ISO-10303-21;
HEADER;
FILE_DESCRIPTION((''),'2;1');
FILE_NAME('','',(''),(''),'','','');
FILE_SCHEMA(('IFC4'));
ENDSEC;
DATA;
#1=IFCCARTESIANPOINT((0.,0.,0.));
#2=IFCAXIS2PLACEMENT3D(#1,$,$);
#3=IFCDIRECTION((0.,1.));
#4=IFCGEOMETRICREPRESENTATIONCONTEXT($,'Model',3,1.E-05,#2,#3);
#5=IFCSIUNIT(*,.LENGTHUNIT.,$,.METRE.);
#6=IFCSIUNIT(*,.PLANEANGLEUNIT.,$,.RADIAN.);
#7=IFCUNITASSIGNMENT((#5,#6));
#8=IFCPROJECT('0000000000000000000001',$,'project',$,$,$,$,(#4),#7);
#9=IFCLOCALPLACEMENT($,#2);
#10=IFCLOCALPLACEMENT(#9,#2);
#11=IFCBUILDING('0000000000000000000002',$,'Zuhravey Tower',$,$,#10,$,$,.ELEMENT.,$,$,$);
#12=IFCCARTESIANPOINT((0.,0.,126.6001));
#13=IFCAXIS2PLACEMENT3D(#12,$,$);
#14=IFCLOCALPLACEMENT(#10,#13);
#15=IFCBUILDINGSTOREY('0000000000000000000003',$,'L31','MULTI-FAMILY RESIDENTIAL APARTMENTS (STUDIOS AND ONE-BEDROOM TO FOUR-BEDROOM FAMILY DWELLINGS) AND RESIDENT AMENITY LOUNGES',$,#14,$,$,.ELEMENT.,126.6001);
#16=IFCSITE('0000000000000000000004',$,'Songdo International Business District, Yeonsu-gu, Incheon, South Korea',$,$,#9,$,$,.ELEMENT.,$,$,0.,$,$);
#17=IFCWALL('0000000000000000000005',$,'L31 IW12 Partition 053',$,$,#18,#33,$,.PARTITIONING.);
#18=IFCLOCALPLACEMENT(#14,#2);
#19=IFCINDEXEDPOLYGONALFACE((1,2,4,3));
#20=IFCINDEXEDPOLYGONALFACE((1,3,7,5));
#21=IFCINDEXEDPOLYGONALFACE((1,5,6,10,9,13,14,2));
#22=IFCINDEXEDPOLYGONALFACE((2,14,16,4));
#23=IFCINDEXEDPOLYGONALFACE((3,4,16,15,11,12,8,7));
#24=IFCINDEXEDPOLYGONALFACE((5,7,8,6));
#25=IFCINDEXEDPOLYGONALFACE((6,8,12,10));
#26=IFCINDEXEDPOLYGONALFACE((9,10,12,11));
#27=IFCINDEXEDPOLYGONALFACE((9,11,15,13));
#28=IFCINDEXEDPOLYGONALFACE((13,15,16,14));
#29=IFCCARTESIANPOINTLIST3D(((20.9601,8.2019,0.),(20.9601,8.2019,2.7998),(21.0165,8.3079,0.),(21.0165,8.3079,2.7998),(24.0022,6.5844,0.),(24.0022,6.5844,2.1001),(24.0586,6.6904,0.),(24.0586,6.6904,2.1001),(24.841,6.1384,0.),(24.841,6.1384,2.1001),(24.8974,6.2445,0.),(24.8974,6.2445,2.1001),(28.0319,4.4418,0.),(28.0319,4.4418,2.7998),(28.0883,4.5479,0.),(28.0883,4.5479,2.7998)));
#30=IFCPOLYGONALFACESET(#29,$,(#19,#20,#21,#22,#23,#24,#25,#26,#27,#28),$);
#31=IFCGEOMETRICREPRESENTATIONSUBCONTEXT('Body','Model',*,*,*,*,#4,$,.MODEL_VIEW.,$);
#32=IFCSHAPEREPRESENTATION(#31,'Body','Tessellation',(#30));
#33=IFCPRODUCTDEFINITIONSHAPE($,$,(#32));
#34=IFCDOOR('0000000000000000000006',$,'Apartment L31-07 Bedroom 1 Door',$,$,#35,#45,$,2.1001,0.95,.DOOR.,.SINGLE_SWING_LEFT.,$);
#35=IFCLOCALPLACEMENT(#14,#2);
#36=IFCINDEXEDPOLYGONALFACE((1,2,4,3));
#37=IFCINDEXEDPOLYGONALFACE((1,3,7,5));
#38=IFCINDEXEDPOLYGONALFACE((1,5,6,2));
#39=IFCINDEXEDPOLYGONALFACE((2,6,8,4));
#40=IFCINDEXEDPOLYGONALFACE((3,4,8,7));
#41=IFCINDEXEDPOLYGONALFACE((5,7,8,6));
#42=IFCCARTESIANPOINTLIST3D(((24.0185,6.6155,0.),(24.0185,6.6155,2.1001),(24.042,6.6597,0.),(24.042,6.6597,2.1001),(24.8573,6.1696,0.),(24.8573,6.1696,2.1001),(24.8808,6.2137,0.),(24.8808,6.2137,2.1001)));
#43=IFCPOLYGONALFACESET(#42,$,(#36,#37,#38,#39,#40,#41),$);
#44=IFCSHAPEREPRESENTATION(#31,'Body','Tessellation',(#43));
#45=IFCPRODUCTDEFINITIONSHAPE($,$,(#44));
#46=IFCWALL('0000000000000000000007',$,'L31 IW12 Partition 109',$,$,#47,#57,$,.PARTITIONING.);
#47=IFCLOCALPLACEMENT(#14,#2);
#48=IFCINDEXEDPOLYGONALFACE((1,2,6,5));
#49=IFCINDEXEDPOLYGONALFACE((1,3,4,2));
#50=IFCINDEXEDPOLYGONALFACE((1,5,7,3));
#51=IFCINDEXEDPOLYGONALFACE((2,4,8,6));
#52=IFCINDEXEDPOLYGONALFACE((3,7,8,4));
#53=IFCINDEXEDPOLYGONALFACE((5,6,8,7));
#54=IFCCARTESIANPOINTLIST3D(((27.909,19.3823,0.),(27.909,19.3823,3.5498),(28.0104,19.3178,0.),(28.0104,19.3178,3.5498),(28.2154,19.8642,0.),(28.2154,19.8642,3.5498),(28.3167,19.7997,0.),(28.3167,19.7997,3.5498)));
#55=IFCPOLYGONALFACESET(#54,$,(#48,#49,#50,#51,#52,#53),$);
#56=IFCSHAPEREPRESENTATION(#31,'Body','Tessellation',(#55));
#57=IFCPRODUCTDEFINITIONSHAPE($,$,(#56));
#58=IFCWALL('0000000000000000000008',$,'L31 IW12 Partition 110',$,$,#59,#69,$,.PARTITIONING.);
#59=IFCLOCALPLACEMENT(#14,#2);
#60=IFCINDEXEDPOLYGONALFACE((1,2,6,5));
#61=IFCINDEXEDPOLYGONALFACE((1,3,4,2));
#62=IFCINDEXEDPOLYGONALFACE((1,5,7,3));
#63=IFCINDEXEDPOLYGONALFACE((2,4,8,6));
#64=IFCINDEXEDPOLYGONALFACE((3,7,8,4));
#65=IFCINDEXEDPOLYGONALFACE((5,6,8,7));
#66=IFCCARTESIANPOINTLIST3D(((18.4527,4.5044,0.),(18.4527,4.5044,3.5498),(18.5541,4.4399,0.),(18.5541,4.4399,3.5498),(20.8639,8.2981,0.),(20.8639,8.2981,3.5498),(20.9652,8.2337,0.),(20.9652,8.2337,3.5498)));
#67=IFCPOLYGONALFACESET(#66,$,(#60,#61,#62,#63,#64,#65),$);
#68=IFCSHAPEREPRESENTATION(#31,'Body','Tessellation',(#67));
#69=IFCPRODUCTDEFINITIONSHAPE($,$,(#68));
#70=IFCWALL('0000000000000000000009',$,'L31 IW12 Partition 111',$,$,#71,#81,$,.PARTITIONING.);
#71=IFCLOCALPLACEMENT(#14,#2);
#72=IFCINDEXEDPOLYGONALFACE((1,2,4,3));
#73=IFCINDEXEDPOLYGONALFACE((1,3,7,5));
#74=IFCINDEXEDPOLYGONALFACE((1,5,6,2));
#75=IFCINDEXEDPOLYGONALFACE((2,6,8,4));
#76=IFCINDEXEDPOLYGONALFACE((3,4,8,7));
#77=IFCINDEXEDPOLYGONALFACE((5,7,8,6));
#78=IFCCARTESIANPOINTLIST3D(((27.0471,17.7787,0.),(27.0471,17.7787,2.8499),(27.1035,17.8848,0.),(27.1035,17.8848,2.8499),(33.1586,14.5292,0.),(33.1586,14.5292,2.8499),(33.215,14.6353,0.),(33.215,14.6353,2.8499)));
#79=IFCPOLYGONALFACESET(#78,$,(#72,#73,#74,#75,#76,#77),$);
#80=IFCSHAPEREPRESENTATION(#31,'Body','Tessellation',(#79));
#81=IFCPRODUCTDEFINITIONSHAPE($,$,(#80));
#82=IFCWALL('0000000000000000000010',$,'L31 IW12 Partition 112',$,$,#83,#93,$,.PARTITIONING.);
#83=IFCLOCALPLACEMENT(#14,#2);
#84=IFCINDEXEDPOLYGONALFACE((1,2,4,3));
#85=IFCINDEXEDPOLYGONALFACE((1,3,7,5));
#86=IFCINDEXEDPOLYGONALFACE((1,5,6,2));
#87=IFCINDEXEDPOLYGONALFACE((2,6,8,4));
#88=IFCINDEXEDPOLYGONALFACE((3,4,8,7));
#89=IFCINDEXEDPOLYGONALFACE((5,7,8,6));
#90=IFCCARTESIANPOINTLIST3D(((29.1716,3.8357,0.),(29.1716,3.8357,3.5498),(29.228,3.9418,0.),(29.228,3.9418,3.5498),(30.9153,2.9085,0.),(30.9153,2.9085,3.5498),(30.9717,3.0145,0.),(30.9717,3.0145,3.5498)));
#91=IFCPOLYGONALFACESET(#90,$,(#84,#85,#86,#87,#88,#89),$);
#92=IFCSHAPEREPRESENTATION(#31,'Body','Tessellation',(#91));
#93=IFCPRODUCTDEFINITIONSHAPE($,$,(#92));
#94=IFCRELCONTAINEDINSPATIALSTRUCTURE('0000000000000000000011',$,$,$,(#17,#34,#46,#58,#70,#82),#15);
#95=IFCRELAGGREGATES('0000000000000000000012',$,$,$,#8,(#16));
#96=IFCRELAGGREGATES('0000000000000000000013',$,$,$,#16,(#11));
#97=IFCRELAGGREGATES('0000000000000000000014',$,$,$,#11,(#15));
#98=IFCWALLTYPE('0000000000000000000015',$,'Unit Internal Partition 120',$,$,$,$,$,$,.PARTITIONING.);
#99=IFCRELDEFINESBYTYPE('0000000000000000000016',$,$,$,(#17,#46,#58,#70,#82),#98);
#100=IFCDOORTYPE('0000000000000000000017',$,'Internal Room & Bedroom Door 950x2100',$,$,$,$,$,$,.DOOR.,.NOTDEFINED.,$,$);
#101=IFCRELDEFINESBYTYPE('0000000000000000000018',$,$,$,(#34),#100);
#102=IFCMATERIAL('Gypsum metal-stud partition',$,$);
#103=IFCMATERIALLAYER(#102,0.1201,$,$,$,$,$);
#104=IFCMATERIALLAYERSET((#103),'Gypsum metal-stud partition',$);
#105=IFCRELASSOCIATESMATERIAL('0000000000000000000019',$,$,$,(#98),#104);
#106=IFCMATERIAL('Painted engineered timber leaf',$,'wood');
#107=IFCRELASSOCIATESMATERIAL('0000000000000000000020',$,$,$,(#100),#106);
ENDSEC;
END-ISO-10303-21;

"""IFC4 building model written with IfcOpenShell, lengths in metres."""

from ifc_helpers import new_model, si_unit, direction, frame, frame_2d, origin, place, context, subcontext, project, spatial, rectangle, extrude, material, layer, layer_set, type_object, element, fill, save


model = new_model("IFC4")

# Units and contexts
model_context = context("Model", 3, precision=1e-05, world=origin(), true_north=direction((0.0, 1.0)))
body_context = subcontext(model_context, "Body", "Model", "MODEL_VIEW")
ifc_project = project(units=[si_unit("LENGTHUNIT", "METRE"), si_unit("PLANEANGLEUNIT", "RADIAN")], contexts=[model_context])

# Site, building, storey
site_placement = place(None, origin())
site = spatial("IfcSite", under=ifc_project, at=site_placement, Name="Songdo International Business District, Yeonsu-gu, Incheon, South Korea", CompositionType="ELEMENT", RefElevation=0.0)
building_placement = place(site_placement, origin())
building = spatial("IfcBuilding", under=site, at=building_placement, Name="Zuhravey Tower", CompositionType="ELEMENT")
storey_placement = place(building_placement, frame((0.0, 0.0, 126.6001)))
storey = spatial("IfcBuildingStorey", under=building, at=storey_placement, Name="L31", Description="MULTI-FAMILY RESIDENTIAL APARTMENTS (STUDIOS AND ONE-BEDROOM TO FOUR-BEDROOM FAMILY DWELLINGS) AND RESIDENT AMENITY LOUNGES", CompositionType="ELEMENT", Elevation=126.6001)

# Shared definitions
ifc_material_1 = material(Name="Gypsum metal-stud partition")
ifc_layer_1 = layer(ifc_material_1, 0.1201)
ifc_layer_set_1 = layer_set([ifc_layer_1], Name="Gypsum metal-stud partition")
wall_type_1 = type_object("IfcWallType", Name="Unit Internal Partition 120", PredefinedType="PARTITIONING", material=ifc_layer_set_1)
ifc_material_2 = material(Name="Painted engineered timber leaf", Category="wood")
door_type_1 = type_object("IfcDoorType", Name="Internal Room & Bedroom Door 950x2100", OperationType="NOTDEFINED", PredefinedType="DOOR", material=ifc_material_2)

# Wall, opening, door
wall_1_placement = place(storey_placement, frame((20.9883, 8.2549, 0.0), z_axis=(0.0, 0.0, 1.0), x_axis=(0.882954, -0.46946, 0.0)))
wall_1 = element("IfcWall", 1, at=wall_1_placement, inside=storey, type_object=wall_type_1, Name="L31 IW12 Partition 053", PredefinedType="PARTITIONING", context=body_context, shape_type="SweptSolid", body=[
    extrude(rectangle(XDim=8.0093, YDim=0.1201, at=frame_2d((4.0046, 0.0))), origin(), (0.0, 0.0, 1.0), 2.7998),
])
opening_1_placement = place(wall_1_placement, frame((3.4453, 0.0, 0.0)))
opening_1 = element("IfcOpeningElement", 2, at=opening_1_placement, cuts=wall_1, PredefinedType="OPENING", context=body_context, shape_type="SweptSolid", body=[
    extrude(rectangle(XDim=0.95, YDim=2.1001, at=frame_2d((0.4751, 1.05))), frame((0.0, 0.072, 0.0), z_axis=(0.0, -1.0, 0.0), x_axis=(1.0, 0.0, 0.0)), (0.0, 0.0, 1.0), 0.144),
])
door_1_placement = place(opening_1_placement, frame((0.95, 0.0, 0.0), z_axis=(0.0, 0.0, 1.0), x_axis=(-1.0, 0.0, 0.0)))
door_1 = element("IfcDoor", 3, at=door_1_placement, inside=storey, type_object=door_type_1, Name="Apartment L31-07 Bedroom 1 Door", OperationType="SINGLE_SWING_LEFT", OverallHeight=2.1001, OverallWidth=0.95, PredefinedType="DOOR", context=body_context, shape_type="SweptSolid", body=[
    extrude(rectangle(XDim=0.95, YDim=2.1001, at=frame_2d((0.4751, 1.05))), frame((0.0, 0.0249, 0.0), z_axis=(0.0, -1.0, 0.0), x_axis=(1.0, 0.0, 0.0)), (0.0, 0.0, 1.0), 0.05),
])
fill(opening_1, door_1)

# Walls
wall_2_placement = place(storey_placement, frame((28.2661, 19.832, 0.0), z_axis=(0.0, 0.0, 1.0), x_axis=(-0.536516, -0.84389, 0.0)))
element("IfcWall", 4, at=wall_2_placement, inside=storey, type_object=wall_type_1, Name="L31 IW12 Partition 109", PredefinedType="PARTITIONING", context=body_context, shape_type="SweptSolid", body=[
    extrude(rectangle(XDim=0.571, YDim=0.1201, at=frame_2d((0.2856, 0.0))), origin(), (0.0, 0.0, 1.0), 3.5498),
])
wall_3_placement = place(storey_placement, frame((20.9146, 8.2659, 0.0), z_axis=(0.0, 0.0, 1.0), x_axis=(-0.536394, -0.843968, 0.0)))
element("IfcWall", 5, at=wall_3_placement, inside=storey, type_object=wall_type_1, Name="L31 IW12 Partition 110", PredefinedType="PARTITIONING", context=body_context, shape_type="SweptSolid", body=[
    extrude(rectangle(XDim=4.4951, YDim=0.1201, at=frame_2d((2.2476, 0.0))), origin(), (0.0, 0.0, 1.0), 3.5498),
])
wall_4_placement = place(storey_placement, frame((27.0752, 17.8318, 0.0), z_axis=(0.0, 0.0, 1.0), x_axis=(0.882952, -0.469464, 0.0)))
element("IfcWall", 6, at=wall_4_placement, inside=storey, type_object=wall_type_1, Name="L31 IW12 Partition 111", PredefinedType="PARTITIONING", context=body_context, shape_type="SweptSolid", body=[
    extrude(rectangle(XDim=6.9216, YDim=0.1201, at=frame_2d((3.4609, 0.0))), origin(), (0.0, 0.0, 1.0), 2.8499),
])
wall_5_placement = place(storey_placement, frame((29.2, 3.8887, 0.0), z_axis=(0.0, 0.0, 1.0), x_axis=(0.88292, -0.469523, 0.0)))
element("IfcWall", 7, at=wall_5_placement, inside=storey, type_object=wall_type_1, Name="L31 IW12 Partition 112", PredefinedType="PARTITIONING", context=body_context, shape_type="SweptSolid", body=[
    extrude(rectangle(XDim=1.9749, YDim=0.1201, at=frame_2d((0.9873, 0.0))), origin(), (0.0, 0.0, 1.0), 3.5498),
])

save(model, "model.ifc")
